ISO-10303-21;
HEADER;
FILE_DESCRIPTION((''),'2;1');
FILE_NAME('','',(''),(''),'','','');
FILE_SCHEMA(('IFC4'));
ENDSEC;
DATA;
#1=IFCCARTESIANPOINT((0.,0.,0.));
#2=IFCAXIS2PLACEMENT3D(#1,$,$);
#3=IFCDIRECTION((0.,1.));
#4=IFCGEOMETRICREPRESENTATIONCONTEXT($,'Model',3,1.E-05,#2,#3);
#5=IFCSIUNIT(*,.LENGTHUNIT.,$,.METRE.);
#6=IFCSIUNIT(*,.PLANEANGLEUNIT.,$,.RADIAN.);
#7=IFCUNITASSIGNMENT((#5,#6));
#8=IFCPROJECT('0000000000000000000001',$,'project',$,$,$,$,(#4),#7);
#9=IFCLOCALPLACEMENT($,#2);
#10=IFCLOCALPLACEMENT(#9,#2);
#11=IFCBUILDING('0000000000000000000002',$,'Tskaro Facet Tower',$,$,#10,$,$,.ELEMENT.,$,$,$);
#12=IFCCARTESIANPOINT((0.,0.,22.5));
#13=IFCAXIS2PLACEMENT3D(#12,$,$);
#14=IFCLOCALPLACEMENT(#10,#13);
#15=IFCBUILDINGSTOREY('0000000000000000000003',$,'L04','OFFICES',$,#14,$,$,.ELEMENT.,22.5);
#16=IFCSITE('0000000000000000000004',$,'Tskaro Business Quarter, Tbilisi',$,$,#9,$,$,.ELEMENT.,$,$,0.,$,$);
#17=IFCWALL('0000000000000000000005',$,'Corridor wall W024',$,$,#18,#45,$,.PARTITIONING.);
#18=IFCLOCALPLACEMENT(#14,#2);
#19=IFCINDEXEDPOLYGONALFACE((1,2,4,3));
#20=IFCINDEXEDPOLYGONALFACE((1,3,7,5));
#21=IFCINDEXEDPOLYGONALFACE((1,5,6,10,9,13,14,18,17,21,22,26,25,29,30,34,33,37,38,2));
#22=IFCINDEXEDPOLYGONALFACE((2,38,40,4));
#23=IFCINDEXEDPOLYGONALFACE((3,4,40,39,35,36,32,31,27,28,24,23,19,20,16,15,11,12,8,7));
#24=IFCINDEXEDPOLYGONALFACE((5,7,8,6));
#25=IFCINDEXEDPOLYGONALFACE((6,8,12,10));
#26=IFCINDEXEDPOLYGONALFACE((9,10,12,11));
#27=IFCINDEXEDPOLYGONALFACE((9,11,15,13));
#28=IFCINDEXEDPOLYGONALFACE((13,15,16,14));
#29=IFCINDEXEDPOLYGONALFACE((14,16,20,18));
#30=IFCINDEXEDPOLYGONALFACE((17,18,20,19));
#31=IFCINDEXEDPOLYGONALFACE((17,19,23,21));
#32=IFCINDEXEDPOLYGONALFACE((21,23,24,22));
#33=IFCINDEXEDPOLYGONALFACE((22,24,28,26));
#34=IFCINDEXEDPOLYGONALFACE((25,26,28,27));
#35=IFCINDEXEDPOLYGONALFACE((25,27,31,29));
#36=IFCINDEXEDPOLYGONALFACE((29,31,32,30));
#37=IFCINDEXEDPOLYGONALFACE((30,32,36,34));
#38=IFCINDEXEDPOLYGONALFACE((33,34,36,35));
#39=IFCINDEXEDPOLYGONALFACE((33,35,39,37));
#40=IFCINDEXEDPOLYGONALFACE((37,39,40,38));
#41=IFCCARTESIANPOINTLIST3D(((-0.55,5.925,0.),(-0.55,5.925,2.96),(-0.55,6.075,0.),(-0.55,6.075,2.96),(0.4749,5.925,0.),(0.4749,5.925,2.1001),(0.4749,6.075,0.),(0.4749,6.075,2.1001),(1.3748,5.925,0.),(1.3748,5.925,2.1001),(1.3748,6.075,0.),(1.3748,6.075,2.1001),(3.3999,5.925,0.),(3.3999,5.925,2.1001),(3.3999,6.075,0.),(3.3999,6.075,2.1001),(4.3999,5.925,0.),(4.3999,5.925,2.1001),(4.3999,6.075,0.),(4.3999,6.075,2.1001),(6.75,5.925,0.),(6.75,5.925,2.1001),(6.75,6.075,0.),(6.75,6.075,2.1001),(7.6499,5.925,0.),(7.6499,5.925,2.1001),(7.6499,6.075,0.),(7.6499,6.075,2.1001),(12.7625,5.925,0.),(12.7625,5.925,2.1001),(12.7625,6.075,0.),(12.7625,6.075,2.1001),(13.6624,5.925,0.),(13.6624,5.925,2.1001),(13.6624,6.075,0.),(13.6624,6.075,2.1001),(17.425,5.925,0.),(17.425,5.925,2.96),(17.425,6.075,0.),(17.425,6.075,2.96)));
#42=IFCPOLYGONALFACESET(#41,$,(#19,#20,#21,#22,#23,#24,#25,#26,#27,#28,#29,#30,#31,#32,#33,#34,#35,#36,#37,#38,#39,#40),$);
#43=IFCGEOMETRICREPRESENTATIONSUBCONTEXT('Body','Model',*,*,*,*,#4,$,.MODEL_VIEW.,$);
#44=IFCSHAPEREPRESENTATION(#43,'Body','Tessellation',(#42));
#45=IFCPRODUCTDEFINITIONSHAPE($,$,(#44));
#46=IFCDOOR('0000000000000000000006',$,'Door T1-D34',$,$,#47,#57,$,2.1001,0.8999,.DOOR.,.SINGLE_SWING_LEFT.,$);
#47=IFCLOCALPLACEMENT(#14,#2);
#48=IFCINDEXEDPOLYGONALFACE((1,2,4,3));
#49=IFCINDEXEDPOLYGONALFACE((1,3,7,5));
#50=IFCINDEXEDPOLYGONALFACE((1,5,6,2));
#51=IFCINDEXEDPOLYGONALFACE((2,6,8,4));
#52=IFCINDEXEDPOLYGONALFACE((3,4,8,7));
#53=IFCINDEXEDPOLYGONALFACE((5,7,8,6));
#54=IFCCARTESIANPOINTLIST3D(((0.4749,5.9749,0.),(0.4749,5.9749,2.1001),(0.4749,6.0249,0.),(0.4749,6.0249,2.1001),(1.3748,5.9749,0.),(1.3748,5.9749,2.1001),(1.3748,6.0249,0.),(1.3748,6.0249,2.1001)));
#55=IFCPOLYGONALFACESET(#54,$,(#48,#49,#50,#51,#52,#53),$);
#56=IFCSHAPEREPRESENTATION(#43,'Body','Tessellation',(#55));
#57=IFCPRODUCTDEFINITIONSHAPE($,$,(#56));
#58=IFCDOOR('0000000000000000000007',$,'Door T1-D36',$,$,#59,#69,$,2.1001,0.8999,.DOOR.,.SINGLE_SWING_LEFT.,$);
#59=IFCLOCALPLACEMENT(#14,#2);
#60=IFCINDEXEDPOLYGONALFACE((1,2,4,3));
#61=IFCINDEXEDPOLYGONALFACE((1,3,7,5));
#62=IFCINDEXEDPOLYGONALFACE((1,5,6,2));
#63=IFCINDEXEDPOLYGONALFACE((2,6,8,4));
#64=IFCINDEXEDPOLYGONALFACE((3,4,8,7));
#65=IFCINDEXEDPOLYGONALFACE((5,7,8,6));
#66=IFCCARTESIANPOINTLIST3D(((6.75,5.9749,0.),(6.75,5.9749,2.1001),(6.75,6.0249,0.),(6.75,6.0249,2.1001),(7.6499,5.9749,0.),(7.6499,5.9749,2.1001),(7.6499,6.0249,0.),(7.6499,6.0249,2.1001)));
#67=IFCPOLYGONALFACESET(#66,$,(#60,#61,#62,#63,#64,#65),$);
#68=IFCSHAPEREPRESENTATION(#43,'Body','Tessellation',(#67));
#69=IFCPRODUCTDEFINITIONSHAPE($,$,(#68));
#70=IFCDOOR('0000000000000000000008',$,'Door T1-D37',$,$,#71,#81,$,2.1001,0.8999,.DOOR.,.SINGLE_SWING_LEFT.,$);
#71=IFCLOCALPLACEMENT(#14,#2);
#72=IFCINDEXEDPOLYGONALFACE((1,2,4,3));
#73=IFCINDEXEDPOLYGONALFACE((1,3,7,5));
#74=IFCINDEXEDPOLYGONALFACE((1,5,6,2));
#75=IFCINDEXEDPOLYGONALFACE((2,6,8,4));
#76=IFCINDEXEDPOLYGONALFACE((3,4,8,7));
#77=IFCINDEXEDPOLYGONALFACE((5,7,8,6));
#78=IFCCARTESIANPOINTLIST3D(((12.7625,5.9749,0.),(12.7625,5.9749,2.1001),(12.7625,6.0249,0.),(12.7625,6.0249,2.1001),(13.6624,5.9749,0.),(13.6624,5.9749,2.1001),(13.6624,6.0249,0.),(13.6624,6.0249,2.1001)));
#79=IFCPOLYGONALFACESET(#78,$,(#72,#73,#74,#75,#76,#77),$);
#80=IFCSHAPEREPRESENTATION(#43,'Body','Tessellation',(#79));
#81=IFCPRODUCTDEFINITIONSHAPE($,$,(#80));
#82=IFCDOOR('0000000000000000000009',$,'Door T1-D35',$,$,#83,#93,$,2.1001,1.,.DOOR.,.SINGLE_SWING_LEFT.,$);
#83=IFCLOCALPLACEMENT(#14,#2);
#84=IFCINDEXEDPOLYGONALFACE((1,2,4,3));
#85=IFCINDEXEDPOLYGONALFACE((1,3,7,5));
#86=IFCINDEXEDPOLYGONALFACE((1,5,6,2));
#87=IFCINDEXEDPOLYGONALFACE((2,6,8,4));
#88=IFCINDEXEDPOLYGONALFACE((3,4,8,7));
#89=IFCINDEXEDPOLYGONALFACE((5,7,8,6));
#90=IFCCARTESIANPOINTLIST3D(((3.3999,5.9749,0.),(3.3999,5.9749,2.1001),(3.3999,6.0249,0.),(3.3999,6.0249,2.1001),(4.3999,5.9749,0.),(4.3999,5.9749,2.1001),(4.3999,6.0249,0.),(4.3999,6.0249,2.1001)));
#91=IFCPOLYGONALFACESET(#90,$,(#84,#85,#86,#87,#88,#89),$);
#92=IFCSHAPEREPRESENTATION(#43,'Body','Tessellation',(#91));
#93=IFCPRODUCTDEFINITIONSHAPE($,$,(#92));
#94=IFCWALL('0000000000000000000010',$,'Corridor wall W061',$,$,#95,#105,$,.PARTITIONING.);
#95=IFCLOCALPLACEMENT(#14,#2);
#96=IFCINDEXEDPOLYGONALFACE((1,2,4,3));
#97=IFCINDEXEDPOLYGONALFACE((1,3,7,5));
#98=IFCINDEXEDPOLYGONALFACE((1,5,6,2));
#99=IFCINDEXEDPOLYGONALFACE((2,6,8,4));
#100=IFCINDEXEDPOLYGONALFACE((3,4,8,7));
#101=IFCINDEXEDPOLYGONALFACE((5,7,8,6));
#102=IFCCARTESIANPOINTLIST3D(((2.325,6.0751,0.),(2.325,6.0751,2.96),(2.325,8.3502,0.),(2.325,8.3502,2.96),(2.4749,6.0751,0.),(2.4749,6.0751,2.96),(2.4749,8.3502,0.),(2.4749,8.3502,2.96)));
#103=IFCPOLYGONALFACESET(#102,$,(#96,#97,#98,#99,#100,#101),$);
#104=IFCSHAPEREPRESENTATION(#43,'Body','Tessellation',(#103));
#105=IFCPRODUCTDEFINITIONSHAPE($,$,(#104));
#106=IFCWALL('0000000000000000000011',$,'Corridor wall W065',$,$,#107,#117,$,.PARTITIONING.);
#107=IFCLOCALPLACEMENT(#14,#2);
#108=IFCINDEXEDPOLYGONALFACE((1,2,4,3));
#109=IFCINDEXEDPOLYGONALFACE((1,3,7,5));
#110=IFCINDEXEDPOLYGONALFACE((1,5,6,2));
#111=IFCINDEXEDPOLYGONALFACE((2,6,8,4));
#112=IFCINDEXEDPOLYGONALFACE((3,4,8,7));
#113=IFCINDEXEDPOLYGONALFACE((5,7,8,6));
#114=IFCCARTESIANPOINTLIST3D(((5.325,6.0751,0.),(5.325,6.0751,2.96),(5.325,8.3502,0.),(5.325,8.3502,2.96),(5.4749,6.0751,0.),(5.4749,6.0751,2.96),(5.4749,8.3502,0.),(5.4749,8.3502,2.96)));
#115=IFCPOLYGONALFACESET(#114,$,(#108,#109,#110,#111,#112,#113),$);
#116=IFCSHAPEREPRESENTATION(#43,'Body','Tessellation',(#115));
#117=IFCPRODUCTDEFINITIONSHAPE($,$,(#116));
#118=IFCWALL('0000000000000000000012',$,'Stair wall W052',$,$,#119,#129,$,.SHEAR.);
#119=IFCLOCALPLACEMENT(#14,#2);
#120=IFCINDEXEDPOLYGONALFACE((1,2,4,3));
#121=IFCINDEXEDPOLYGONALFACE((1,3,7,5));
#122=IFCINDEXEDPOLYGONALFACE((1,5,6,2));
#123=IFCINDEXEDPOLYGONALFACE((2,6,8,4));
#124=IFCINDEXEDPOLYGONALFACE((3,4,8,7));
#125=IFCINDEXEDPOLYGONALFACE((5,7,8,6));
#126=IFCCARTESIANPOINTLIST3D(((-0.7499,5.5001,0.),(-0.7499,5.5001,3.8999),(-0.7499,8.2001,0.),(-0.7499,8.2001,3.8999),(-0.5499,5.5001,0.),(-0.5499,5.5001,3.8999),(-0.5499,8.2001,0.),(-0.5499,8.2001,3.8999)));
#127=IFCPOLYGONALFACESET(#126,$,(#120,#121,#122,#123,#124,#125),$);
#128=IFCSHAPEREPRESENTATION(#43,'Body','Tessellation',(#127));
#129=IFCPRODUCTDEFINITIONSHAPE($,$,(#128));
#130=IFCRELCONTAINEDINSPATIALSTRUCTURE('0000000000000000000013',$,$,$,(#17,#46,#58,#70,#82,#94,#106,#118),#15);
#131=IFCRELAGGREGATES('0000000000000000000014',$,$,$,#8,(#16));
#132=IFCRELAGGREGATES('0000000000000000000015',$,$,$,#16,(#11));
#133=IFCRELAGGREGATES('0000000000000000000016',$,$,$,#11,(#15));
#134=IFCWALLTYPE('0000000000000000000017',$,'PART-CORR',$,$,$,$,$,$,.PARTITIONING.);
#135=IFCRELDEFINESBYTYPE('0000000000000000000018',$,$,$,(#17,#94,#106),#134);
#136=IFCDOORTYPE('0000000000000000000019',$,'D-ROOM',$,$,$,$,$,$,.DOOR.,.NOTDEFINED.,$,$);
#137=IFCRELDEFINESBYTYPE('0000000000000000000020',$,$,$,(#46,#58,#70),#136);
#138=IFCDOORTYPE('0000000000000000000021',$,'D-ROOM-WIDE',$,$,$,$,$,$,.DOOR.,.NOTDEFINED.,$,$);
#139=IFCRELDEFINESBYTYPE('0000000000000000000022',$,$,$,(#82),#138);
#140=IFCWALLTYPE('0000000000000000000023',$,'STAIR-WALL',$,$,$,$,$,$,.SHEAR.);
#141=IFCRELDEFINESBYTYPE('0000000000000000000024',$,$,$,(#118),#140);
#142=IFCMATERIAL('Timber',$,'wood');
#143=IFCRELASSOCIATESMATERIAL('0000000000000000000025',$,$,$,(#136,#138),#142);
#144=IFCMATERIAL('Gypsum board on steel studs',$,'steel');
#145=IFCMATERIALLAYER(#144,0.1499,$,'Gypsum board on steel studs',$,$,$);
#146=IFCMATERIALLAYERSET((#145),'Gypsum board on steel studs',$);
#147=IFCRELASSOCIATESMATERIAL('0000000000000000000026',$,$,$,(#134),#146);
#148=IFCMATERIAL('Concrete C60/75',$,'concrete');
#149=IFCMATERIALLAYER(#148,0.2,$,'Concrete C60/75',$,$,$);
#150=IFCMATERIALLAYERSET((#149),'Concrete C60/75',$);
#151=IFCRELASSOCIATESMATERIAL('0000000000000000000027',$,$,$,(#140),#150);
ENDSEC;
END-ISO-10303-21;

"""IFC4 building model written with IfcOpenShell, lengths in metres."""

from ifc_helpers import new_model, si_unit, direction, frame, frame_2d, origin, place, context, subcontext, project, spatial, rectangle, extrude, material, layer, layer_set, type_object, element, fill, save


model = new_model("IFC4")

# Units and contexts
model_context = context("Model", 3, precision=1e-05, world=origin(), true_north=direction((0.0, 1.0)))
body_context = subcontext(model_context, "Body", "Model", "MODEL_VIEW")
ifc_project = project(units=[si_unit("LENGTHUNIT", "METRE"), si_unit("PLANEANGLEUNIT", "RADIAN")], contexts=[model_context])

# Site, building, storey
site_placement = place(None, origin())
site = spatial("IfcSite", under=ifc_project, at=site_placement, Name="Tskaro Business Quarter, Tbilisi", CompositionType="ELEMENT", RefElevation=0.0)
building_placement = place(site_placement, origin())
building = spatial("IfcBuilding", under=site, at=building_placement, Name="Tskaro Facet Tower", CompositionType="ELEMENT")
storey_placement = place(building_placement, frame((0.0, 0.0, 22.5)))
storey = spatial("IfcBuildingStorey", under=building, at=storey_placement, Name="L04", Description="OFFICES", CompositionType="ELEMENT", Elevation=22.5)

# Shared definitions
ifc_material_1 = material(Name="Concrete C60/75", Category="concrete")

# Shared definitions
ifc_material_2 = material(Name="Gypsum board on steel studs", Category="steel")

# Shared definitions
ifc_material_3 = material(Name="Timber", Category="wood")
door_type_1 = type_object("IfcDoorType", Name="D-ROOM", OperationType="NOTDEFINED", PredefinedType="DOOR", material=ifc_material_3)

# Wall, openings, doors
ifc_layer_1 = layer(ifc_material_2, 0.1499, Name="Gypsum board on steel studs")
ifc_layer_set_1 = layer_set([ifc_layer_1], Name="Gypsum board on steel studs")
wall_type_1 = type_object("IfcWallType", Name="PART-CORR", PredefinedType="PARTITIONING", material=ifc_layer_set_1)
wall_1_placement = place(storey_placement, frame((-0.55, 6.0, 0.0), z_axis=(0.0, 0.0, 1.0), x_axis=(1.0, 0.0, 0.0)))
wall_1 = element("IfcWall", 1, at=wall_1_placement, inside=storey, type_object=wall_type_1, Name="Corridor wall W024", PredefinedType="PARTITIONING", context=body_context, shape_type="SweptSolid", body=[
    extrude(rectangle(XDim=17.9751, YDim=0.1499, at=frame_2d((8.9875, 0.0))), origin(), (0.0, 0.0, 1.0), 2.96),
])
opening_1_placement = place(wall_1_placement, frame((1.0249, 0.0, 0.0)))
opening_1 = element("IfcOpeningElement", 2, at=opening_1_placement, cuts=wall_1, PredefinedType="OPENING", context=body_context, shape_type="SweptSolid", body=[
    extrude(rectangle(XDim=0.8999, YDim=2.1001, at=frame_2d((0.45, 1.05))), frame((0.0, 0.085, 0.0), z_axis=(0.0, -1.0, 0.0), x_axis=(1.0, 0.0, 0.0)), (0.0, 0.0, 1.0), 0.1699),
])
opening_2_placement = place(wall_1_placement, frame((3.95, 0.0, 0.0)))
opening_2 = element("IfcOpeningElement", 3, at=opening_2_placement, cuts=wall_1, PredefinedType="OPENING", context=body_context, shape_type="SweptSolid", body=[
    extrude(rectangle(XDim=1.0, YDim=2.1001, at=frame_2d((0.5, 1.05))), frame((0.0, 0.085, 0.0), z_axis=(0.0, -1.0, 0.0), x_axis=(1.0, 0.0, 0.0)), (0.0, 0.0, 1.0), 0.1699),
])
opening_3_placement = place(wall_1_placement, frame((7.3, 0.0, 0.0)))
opening_3 = element("IfcOpeningElement", 4, at=opening_3_placement, cuts=wall_1, PredefinedType="OPENING", context=body_context, shape_type="SweptSolid", body=[
    extrude(rectangle(XDim=0.8999, YDim=2.1001, at=frame_2d((0.45, 1.05))), frame((0.0, 0.085, 0.0), z_axis=(0.0, -1.0, 0.0), x_axis=(1.0, 0.0, 0.0)), (0.0, 0.0, 1.0), 0.1699),
])
opening_4_placement = place(wall_1_placement, frame((13.3125, 0.0, 0.0)))
opening_4 = element("IfcOpeningElement", 5, at=opening_4_placement, cuts=wall_1, PredefinedType="OPENING", context=body_context, shape_type="SweptSolid", body=[
    extrude(rectangle(XDim=0.8999, YDim=2.1001, at=frame_2d((0.45, 1.05))), frame((0.0, 0.085, 0.0), z_axis=(0.0, -1.0, 0.0), x_axis=(1.0, 0.0, 0.0)), (0.0, 0.0, 1.0), 0.1699),
])
door_1_placement = place(opening_1_placement, origin())
door_1 = element("IfcDoor", 6, at=door_1_placement, inside=storey, type_object=door_type_1, Name="Door T1-D34", OperationType="SINGLE_SWING_LEFT", OverallHeight=2.1001, OverallWidth=0.8999, PredefinedType="DOOR", context=body_context, shape_type="SweptSolid", body=[
    extrude(rectangle(XDim=0.8999, YDim=2.1001, at=frame_2d((0.45, 1.05))), frame((0.0, 0.0249, 0.0), z_axis=(0.0, -1.0, 0.0), x_axis=(1.0, 0.0, 0.0)), (0.0, 0.0, 1.0), 0.05),
])
fill(opening_1, door_1)
door_2_placement = place(opening_3_placement, origin())
door_2 = element("IfcDoor", 7, at=door_2_placement, inside=storey, type_object=door_type_1, Name="Door T1-D36", OperationType="SINGLE_SWING_LEFT", OverallHeight=2.1001, OverallWidth=0.8999, PredefinedType="DOOR", context=body_context, shape_type="SweptSolid", body=[
    extrude(rectangle(XDim=0.8999, YDim=2.1001, at=frame_2d((0.45, 1.05))), frame((0.0, 0.0249, 0.0), z_axis=(0.0, -1.0, 0.0), x_axis=(1.0, 0.0, 0.0)), (0.0, 0.0, 1.0), 0.05),
])
fill(opening_3, door_2)
door_3_placement = place(opening_4_placement, origin())
door_3 = element("IfcDoor", 8, at=door_3_placement, inside=storey, type_object=door_type_1, Name="Door T1-D37", OperationType="SINGLE_SWING_LEFT", OverallHeight=2.1001, OverallWidth=0.8999, PredefinedType="DOOR", context=body_context, shape_type="SweptSolid", body=[
    extrude(rectangle(XDim=0.8999, YDim=2.1001, at=frame_2d((0.45, 1.05))), frame((0.0, 0.0249, 0.0), z_axis=(0.0, -1.0, 0.0), x_axis=(1.0, 0.0, 0.0)), (0.0, 0.0, 1.0), 0.05),
])
fill(opening_4, door_3)
door_type_2 = type_object("IfcDoorType", Name="D-ROOM-WIDE", OperationType="NOTDEFINED", PredefinedType="DOOR", material=ifc_material_3)
door_4_placement = place(opening_2_placement, origin())
door_4 = element("IfcDoor", 9, at=door_4_placement, inside=storey, type_object=door_type_2, Name="Door T1-D35", OperationType="SINGLE_SWING_LEFT", OverallHeight=2.1001, OverallWidth=1.0, PredefinedType="DOOR", context=body_context, shape_type="SweptSolid", body=[
    extrude(rectangle(XDim=1.0, YDim=2.1001, at=frame_2d((0.5, 1.05))), frame((0.0, 0.0249, 0.0), z_axis=(0.0, -1.0, 0.0), x_axis=(1.0, 0.0, 0.0)), (0.0, 0.0, 1.0), 0.05),
])
fill(opening_2, door_4)

# Walls
for number, where, z_axis, x_axis, name in (
    (10, (2.3999, 6.075, 0.0), (0.0, 0.0, 1.0), (0.0, 1.0, 0.0), "Corridor wall W061"),
    (11, (5.3999, 6.075, 0.0), (0.0, 0.0, 1.0), (0.0, 1.0, 0.0), "Corridor wall W065"),
):
    element("IfcWall", number, at=place(storey_placement, frame(where, z_axis=z_axis, x_axis=x_axis)), inside=storey, type_object=wall_type_1, Name=name, PredefinedType="PARTITIONING", context=body_context, shape_type="SweptSolid", body=[
        extrude(rectangle(XDim=2.2751, YDim=0.1499, at=frame_2d((1.1377, 0.0))), origin(), (0.0, 0.0, 1.0), 2.96),
    ])
ifc_layer_2 = layer(ifc_material_1, 0.2, Name="Concrete C60/75")
ifc_layer_set_2 = layer_set([ifc_layer_2], Name="Concrete C60/75")
wall_type_2 = type_object("IfcWallType", Name="STAIR-WALL", PredefinedType="SHEAR", material=ifc_layer_set_2)
wall_2_placement = place(storey_placement, frame((-0.6499, 5.5, 0.0), z_axis=(0.0, 0.0, 1.0), x_axis=(0.0, 1.0, 0.0)))
element("IfcWall", 12, at=wall_2_placement, inside=storey, type_object=wall_type_2, Name="Stair wall W052", PredefinedType="SHEAR", context=body_context, shape_type="SweptSolid", body=[
    extrude(rectangle(XDim=2.7, YDim=0.2, at=frame_2d((1.3501, 0.0))), origin(), (0.0, 0.0, 1.0), 3.8999),
])

save(model, "model.ifc")
